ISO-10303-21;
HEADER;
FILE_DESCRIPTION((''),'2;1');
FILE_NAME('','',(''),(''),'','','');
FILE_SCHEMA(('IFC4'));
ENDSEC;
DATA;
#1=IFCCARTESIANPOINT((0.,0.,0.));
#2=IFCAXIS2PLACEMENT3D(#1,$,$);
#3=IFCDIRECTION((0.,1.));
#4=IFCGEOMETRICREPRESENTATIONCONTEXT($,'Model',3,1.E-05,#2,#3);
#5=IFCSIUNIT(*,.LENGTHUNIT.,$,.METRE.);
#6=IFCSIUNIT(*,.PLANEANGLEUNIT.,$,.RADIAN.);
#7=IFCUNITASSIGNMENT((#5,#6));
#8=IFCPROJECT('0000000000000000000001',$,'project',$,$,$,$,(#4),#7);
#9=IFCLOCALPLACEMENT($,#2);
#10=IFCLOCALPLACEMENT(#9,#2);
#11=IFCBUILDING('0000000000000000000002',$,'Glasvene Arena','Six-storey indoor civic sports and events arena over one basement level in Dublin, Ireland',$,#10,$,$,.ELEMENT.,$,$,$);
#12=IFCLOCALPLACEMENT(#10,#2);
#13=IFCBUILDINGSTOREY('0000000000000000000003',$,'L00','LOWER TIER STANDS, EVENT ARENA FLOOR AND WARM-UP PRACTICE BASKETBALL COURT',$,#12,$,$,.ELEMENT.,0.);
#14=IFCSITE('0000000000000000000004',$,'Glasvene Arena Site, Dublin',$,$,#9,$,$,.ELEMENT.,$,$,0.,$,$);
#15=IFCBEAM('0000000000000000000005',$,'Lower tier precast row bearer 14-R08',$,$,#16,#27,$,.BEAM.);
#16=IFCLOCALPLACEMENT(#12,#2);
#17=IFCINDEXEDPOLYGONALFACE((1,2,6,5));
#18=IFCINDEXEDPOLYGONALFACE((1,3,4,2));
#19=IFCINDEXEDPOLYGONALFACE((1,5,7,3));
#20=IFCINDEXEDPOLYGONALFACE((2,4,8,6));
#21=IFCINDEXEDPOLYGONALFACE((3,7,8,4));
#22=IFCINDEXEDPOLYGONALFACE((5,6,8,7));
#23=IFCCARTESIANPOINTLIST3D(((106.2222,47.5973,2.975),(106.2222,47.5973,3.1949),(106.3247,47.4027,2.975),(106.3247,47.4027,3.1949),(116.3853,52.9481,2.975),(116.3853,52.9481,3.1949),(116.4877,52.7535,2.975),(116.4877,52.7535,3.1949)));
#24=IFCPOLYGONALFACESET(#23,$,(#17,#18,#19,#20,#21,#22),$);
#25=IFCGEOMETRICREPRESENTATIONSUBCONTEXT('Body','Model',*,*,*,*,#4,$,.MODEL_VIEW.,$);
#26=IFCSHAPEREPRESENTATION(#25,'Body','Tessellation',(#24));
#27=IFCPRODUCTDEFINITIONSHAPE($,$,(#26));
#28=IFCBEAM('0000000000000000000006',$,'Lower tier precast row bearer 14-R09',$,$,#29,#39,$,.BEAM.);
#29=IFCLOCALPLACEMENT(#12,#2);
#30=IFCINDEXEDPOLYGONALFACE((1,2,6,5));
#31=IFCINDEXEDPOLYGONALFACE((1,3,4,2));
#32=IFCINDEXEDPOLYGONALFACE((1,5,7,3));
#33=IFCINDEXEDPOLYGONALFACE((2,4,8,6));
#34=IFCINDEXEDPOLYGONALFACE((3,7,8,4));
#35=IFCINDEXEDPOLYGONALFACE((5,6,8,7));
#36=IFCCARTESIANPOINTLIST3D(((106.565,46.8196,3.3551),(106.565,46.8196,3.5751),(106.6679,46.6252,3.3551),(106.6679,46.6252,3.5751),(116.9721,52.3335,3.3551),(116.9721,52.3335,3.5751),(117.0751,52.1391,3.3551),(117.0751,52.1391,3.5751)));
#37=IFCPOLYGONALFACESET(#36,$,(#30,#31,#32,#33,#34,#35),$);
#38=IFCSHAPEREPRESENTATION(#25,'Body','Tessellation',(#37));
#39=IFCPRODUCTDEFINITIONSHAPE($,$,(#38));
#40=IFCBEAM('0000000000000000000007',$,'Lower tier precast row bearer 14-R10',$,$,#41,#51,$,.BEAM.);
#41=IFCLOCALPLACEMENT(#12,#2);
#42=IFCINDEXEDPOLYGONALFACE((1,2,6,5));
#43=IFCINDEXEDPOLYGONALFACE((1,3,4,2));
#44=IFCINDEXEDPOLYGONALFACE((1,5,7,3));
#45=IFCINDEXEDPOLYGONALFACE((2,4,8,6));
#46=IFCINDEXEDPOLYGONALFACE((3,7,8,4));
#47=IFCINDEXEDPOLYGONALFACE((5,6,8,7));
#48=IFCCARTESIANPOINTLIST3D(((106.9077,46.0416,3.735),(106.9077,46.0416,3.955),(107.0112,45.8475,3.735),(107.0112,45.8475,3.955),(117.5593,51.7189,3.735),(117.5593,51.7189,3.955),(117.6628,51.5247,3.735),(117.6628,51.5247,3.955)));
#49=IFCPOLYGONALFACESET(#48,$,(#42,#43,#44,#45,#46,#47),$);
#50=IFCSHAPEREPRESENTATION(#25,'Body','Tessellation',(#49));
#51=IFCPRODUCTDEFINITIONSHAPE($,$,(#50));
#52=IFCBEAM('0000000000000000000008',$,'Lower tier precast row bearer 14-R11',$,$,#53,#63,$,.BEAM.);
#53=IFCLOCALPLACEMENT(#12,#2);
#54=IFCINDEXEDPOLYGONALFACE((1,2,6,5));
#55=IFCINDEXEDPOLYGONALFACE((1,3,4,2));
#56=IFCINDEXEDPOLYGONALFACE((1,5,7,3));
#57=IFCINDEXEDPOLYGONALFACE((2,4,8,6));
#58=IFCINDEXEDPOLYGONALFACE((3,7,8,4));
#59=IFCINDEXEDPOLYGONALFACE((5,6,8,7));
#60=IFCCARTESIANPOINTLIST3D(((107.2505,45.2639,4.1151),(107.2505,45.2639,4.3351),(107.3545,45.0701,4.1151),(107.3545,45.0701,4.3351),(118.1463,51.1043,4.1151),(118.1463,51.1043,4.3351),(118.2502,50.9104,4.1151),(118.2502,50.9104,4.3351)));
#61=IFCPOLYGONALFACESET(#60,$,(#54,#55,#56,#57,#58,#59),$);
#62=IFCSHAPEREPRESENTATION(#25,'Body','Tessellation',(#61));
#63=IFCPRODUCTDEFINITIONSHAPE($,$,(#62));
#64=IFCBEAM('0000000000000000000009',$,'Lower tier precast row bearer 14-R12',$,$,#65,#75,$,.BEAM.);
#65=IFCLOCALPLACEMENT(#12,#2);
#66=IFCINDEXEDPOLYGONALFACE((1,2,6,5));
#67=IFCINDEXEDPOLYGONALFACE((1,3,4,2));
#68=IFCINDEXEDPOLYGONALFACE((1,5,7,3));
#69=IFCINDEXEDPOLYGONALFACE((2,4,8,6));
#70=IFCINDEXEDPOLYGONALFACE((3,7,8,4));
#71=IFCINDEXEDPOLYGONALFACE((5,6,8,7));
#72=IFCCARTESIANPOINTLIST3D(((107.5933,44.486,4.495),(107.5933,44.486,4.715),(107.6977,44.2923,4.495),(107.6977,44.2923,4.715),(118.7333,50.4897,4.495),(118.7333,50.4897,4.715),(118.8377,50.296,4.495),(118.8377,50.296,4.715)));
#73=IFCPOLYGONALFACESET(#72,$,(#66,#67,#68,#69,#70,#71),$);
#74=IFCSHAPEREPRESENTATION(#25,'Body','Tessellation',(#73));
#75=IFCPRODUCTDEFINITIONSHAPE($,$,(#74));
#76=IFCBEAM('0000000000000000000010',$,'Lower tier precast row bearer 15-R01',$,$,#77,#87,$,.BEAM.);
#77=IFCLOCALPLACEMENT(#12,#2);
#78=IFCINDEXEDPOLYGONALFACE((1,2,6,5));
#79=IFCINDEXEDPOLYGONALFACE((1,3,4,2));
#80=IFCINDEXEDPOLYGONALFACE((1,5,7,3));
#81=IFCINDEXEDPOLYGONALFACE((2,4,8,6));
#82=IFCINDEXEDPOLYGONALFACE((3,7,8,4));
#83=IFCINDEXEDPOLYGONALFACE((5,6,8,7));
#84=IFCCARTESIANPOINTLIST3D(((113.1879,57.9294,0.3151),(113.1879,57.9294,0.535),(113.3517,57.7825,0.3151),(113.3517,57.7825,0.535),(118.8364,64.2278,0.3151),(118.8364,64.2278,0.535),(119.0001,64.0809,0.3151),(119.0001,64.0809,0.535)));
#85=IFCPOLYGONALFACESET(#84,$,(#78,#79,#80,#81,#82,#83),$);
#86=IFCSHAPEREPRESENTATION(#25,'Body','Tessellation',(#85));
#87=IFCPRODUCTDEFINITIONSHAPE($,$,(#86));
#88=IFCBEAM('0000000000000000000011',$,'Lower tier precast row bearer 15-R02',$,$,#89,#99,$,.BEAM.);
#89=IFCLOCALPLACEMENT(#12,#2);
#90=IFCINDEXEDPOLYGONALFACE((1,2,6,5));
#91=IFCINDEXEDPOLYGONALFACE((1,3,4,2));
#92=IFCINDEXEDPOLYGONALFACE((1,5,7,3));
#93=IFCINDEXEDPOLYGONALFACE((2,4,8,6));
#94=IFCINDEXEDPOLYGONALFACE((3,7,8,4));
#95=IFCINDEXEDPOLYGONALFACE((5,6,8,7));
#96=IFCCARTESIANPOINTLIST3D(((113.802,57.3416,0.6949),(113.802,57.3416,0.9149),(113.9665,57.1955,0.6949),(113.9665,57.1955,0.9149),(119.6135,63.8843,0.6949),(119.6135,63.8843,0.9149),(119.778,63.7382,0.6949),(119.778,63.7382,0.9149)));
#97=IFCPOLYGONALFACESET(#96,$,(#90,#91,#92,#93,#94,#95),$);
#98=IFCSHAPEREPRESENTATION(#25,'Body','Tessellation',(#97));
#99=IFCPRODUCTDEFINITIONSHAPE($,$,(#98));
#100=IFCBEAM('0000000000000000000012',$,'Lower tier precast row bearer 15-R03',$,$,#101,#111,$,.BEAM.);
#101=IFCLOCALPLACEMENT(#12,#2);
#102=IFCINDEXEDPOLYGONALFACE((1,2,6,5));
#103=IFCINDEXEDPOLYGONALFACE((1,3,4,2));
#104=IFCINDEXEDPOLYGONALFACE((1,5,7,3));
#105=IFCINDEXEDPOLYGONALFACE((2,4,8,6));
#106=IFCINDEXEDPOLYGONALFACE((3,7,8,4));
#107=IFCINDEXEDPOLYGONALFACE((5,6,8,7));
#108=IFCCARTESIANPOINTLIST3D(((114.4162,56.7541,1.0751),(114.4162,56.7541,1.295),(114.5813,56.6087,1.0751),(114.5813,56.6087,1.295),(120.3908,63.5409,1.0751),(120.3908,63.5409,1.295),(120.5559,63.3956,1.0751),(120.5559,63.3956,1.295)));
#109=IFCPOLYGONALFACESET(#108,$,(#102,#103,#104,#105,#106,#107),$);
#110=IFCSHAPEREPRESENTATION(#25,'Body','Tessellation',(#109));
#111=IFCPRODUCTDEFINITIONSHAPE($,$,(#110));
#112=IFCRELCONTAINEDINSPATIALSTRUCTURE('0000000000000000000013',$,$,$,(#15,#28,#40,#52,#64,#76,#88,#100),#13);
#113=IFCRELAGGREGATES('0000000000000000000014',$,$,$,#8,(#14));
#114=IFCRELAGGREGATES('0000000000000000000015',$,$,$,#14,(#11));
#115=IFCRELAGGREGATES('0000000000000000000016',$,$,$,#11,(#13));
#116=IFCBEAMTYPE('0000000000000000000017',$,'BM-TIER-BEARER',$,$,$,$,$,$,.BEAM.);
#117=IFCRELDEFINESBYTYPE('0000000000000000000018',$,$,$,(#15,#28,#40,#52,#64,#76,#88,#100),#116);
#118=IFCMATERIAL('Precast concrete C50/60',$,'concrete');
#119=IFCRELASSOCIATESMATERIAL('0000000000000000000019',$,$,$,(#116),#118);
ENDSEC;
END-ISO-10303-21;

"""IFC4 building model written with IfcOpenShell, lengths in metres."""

from ifc_helpers import new_model, si_unit, direction, frame, origin, origin_2d, place, context, subcontext, project, spatial, rectangle, extrude, material, material_profile, profile_set, type_object, element, save


model = new_model("IFC4")

# Units and contexts
model_context = context("Model", 3, precision=1e-05, world=origin(), true_north=direction((0.0, 1.0)))
body_context = subcontext(model_context, "Body", "Model", "MODEL_VIEW")
ifc_project = project(units=[si_unit("LENGTHUNIT", "METRE"), si_unit("PLANEANGLEUNIT", "RADIAN")], contexts=[model_context])

# Site, building, storey
site_placement = place(None, origin())
site = spatial("IfcSite", under=ifc_project, at=site_placement, Name="Glasvene Arena Site, Dublin", CompositionType="ELEMENT", RefElevation=0.0)
building_placement = place(site_placement, origin())
building = spatial("IfcBuilding", under=site, at=building_placement, Name="Glasvene Arena", Description="Six-storey indoor civic sports and events arena over one basement level in Dublin, Ireland", CompositionType="ELEMENT")
storey_placement = place(building_placement, origin())
storey = spatial("IfcBuildingStorey", under=building, at=storey_placement, Name="L00", Description="LOWER TIER STANDS, EVENT ARENA FLOOR AND WARM-UP PRACTICE BASKETBALL COURT", CompositionType="ELEMENT", Elevation=0.0)

# Beams
ifc_material_1 = material(Name="Precast concrete C50/60", Category="concrete")
ifc_material_profile_1 = material_profile(ifc_material_1, rectangle(XDim=0.22, YDim=0.22, at=origin_2d()), Name="RC 220x220")
ifc_profile_set_1 = profile_set([ifc_material_profile_1], Name="Precast concrete C50/60")
beam_type_1 = type_object("IfcBeamType", Name="BM-TIER-BEARER", PredefinedType="BEAM", material=ifc_profile_set_1)
beam_1_placement = place(storey_placement, frame((106.2734, 47.5, 3.085), z_axis=(0.884852, 0.465872, 0.0), x_axis=(-0.465872, 0.884852, 0.0)))
element("IfcBeam", 1, at=beam_1_placement, inside=storey, type_object=beam_type_1, Name="Lower tier precast row bearer 14-R08", PredefinedType="BEAM", context=body_context, shape_type="SweptSolid", body=[
    extrude(rectangle(XDim=0.22, YDim=0.22, at=origin_2d()), origin(), (0.0, 0.0, 1.0), 11.4856),
])
beam_2_placement = place(storey_placement, frame((106.6165, 46.7224, 3.4651), z_axis=(0.88364, 0.468167, 0.0), x_axis=(-0.468167, 0.88364, 0.0)))
element("IfcBeam", 2, at=beam_2_placement, inside=storey, type_object=beam_type_1, Name="Lower tier precast row bearer 14-R09", PredefinedType="BEAM", context=body_context, shape_type="SweptSolid", body=[
    extrude(rectangle(XDim=0.22, YDim=0.22, at=origin_2d()), origin(), (0.0, 0.0, 1.0), 11.7776),
])
beam_3_placement = place(storey_placement, frame((106.9595, 45.9446, 3.845), z_axis=(0.882477, 0.470355, 0.0), x_axis=(-0.470355, 0.882477, 0.0)))
element("IfcBeam", 3, at=beam_3_placement, inside=storey, type_object=beam_type_1, Name="Lower tier precast row bearer 14-R10", PredefinedType="BEAM", context=body_context, shape_type="SweptSolid", body=[
    extrude(rectangle(XDim=0.22, YDim=0.22, at=origin_2d()), origin(), (0.0, 0.0, 1.0), 12.0701),
])
beam_4_placement = place(storey_placement, frame((107.3025, 45.167, 4.2251), z_axis=(0.881368, 0.47243, 0.0), x_axis=(-0.47243, 0.881368, 0.0)))
element("IfcBeam", 4, at=beam_4_placement, inside=storey, type_object=beam_type_1, Name="Lower tier precast row bearer 14-R11", PredefinedType="BEAM", context=body_context, shape_type="SweptSolid", body=[
    extrude(rectangle(XDim=0.22, YDim=0.22, at=origin_2d()), origin(), (0.0, 0.0, 1.0), 12.3623),
])
beam_5_placement = place(storey_placement, frame((107.6455, 44.3892, 4.605), z_axis=(0.880298, 0.474422, 0.0), x_axis=(-0.474422, 0.880298, 0.0)))
element("IfcBeam", 5, at=beam_5_placement, inside=storey, type_object=beam_type_1, Name="Lower tier precast row bearer 14-R12", PredefinedType="BEAM", context=body_context, shape_type="SweptSolid", body=[
    extrude(rectangle(XDim=0.22, YDim=0.22, at=origin_2d()), origin(), (0.0, 0.0, 1.0), 12.6548),
])
beam_6_placement = place(storey_placement, frame((113.2698, 57.856, 0.425), z_axis=(0.667653, 0.744472, 0.0), x_axis=(-0.744472, 0.667653, 0.0)))
element("IfcBeam", 6, at=beam_6_placement, inside=storey, type_object=beam_type_1, Name="Lower tier precast row bearer 15-R01", PredefinedType="BEAM", context=body_context, shape_type="SweptSolid", body=[
    extrude(rectangle(XDim=0.22, YDim=0.22, at=origin_2d()), origin(), (0.0, 0.0, 1.0), 8.4602),
])
beam_7_placement = place(storey_placement, frame((113.8843, 57.2686, 0.8049), z_axis=(0.664094, 0.747649, 0.0), x_axis=(-0.747649, 0.664094, 0.0)))
element("IfcBeam", 7, at=beam_7_placement, inside=storey, type_object=beam_type_1, Name="Lower tier precast row bearer 15-R02", PredefinedType="BEAM", context=body_context, shape_type="SweptSolid", body=[
    extrude(rectangle(XDim=0.22, YDim=0.22, at=origin_2d()), origin(), (0.0, 0.0, 1.0), 8.751),
])
beam_8_placement = place(storey_placement, frame((114.4988, 56.6814, 1.1851), z_axis=(0.660763, 0.750595, 0.0), x_axis=(-0.750595, 0.660763, 0.0)))
element("IfcBeam", 8, at=beam_8_placement, inside=storey, type_object=beam_type_1, Name="Lower tier precast row bearer 15-R03", PredefinedType="BEAM", context=body_context, shape_type="SweptSolid", body=[
    extrude(rectangle(XDim=0.22, YDim=0.22, at=origin_2d()), origin(), (0.0, 0.0, 1.0), 9.042),
])

save(model, "model.ifc")
